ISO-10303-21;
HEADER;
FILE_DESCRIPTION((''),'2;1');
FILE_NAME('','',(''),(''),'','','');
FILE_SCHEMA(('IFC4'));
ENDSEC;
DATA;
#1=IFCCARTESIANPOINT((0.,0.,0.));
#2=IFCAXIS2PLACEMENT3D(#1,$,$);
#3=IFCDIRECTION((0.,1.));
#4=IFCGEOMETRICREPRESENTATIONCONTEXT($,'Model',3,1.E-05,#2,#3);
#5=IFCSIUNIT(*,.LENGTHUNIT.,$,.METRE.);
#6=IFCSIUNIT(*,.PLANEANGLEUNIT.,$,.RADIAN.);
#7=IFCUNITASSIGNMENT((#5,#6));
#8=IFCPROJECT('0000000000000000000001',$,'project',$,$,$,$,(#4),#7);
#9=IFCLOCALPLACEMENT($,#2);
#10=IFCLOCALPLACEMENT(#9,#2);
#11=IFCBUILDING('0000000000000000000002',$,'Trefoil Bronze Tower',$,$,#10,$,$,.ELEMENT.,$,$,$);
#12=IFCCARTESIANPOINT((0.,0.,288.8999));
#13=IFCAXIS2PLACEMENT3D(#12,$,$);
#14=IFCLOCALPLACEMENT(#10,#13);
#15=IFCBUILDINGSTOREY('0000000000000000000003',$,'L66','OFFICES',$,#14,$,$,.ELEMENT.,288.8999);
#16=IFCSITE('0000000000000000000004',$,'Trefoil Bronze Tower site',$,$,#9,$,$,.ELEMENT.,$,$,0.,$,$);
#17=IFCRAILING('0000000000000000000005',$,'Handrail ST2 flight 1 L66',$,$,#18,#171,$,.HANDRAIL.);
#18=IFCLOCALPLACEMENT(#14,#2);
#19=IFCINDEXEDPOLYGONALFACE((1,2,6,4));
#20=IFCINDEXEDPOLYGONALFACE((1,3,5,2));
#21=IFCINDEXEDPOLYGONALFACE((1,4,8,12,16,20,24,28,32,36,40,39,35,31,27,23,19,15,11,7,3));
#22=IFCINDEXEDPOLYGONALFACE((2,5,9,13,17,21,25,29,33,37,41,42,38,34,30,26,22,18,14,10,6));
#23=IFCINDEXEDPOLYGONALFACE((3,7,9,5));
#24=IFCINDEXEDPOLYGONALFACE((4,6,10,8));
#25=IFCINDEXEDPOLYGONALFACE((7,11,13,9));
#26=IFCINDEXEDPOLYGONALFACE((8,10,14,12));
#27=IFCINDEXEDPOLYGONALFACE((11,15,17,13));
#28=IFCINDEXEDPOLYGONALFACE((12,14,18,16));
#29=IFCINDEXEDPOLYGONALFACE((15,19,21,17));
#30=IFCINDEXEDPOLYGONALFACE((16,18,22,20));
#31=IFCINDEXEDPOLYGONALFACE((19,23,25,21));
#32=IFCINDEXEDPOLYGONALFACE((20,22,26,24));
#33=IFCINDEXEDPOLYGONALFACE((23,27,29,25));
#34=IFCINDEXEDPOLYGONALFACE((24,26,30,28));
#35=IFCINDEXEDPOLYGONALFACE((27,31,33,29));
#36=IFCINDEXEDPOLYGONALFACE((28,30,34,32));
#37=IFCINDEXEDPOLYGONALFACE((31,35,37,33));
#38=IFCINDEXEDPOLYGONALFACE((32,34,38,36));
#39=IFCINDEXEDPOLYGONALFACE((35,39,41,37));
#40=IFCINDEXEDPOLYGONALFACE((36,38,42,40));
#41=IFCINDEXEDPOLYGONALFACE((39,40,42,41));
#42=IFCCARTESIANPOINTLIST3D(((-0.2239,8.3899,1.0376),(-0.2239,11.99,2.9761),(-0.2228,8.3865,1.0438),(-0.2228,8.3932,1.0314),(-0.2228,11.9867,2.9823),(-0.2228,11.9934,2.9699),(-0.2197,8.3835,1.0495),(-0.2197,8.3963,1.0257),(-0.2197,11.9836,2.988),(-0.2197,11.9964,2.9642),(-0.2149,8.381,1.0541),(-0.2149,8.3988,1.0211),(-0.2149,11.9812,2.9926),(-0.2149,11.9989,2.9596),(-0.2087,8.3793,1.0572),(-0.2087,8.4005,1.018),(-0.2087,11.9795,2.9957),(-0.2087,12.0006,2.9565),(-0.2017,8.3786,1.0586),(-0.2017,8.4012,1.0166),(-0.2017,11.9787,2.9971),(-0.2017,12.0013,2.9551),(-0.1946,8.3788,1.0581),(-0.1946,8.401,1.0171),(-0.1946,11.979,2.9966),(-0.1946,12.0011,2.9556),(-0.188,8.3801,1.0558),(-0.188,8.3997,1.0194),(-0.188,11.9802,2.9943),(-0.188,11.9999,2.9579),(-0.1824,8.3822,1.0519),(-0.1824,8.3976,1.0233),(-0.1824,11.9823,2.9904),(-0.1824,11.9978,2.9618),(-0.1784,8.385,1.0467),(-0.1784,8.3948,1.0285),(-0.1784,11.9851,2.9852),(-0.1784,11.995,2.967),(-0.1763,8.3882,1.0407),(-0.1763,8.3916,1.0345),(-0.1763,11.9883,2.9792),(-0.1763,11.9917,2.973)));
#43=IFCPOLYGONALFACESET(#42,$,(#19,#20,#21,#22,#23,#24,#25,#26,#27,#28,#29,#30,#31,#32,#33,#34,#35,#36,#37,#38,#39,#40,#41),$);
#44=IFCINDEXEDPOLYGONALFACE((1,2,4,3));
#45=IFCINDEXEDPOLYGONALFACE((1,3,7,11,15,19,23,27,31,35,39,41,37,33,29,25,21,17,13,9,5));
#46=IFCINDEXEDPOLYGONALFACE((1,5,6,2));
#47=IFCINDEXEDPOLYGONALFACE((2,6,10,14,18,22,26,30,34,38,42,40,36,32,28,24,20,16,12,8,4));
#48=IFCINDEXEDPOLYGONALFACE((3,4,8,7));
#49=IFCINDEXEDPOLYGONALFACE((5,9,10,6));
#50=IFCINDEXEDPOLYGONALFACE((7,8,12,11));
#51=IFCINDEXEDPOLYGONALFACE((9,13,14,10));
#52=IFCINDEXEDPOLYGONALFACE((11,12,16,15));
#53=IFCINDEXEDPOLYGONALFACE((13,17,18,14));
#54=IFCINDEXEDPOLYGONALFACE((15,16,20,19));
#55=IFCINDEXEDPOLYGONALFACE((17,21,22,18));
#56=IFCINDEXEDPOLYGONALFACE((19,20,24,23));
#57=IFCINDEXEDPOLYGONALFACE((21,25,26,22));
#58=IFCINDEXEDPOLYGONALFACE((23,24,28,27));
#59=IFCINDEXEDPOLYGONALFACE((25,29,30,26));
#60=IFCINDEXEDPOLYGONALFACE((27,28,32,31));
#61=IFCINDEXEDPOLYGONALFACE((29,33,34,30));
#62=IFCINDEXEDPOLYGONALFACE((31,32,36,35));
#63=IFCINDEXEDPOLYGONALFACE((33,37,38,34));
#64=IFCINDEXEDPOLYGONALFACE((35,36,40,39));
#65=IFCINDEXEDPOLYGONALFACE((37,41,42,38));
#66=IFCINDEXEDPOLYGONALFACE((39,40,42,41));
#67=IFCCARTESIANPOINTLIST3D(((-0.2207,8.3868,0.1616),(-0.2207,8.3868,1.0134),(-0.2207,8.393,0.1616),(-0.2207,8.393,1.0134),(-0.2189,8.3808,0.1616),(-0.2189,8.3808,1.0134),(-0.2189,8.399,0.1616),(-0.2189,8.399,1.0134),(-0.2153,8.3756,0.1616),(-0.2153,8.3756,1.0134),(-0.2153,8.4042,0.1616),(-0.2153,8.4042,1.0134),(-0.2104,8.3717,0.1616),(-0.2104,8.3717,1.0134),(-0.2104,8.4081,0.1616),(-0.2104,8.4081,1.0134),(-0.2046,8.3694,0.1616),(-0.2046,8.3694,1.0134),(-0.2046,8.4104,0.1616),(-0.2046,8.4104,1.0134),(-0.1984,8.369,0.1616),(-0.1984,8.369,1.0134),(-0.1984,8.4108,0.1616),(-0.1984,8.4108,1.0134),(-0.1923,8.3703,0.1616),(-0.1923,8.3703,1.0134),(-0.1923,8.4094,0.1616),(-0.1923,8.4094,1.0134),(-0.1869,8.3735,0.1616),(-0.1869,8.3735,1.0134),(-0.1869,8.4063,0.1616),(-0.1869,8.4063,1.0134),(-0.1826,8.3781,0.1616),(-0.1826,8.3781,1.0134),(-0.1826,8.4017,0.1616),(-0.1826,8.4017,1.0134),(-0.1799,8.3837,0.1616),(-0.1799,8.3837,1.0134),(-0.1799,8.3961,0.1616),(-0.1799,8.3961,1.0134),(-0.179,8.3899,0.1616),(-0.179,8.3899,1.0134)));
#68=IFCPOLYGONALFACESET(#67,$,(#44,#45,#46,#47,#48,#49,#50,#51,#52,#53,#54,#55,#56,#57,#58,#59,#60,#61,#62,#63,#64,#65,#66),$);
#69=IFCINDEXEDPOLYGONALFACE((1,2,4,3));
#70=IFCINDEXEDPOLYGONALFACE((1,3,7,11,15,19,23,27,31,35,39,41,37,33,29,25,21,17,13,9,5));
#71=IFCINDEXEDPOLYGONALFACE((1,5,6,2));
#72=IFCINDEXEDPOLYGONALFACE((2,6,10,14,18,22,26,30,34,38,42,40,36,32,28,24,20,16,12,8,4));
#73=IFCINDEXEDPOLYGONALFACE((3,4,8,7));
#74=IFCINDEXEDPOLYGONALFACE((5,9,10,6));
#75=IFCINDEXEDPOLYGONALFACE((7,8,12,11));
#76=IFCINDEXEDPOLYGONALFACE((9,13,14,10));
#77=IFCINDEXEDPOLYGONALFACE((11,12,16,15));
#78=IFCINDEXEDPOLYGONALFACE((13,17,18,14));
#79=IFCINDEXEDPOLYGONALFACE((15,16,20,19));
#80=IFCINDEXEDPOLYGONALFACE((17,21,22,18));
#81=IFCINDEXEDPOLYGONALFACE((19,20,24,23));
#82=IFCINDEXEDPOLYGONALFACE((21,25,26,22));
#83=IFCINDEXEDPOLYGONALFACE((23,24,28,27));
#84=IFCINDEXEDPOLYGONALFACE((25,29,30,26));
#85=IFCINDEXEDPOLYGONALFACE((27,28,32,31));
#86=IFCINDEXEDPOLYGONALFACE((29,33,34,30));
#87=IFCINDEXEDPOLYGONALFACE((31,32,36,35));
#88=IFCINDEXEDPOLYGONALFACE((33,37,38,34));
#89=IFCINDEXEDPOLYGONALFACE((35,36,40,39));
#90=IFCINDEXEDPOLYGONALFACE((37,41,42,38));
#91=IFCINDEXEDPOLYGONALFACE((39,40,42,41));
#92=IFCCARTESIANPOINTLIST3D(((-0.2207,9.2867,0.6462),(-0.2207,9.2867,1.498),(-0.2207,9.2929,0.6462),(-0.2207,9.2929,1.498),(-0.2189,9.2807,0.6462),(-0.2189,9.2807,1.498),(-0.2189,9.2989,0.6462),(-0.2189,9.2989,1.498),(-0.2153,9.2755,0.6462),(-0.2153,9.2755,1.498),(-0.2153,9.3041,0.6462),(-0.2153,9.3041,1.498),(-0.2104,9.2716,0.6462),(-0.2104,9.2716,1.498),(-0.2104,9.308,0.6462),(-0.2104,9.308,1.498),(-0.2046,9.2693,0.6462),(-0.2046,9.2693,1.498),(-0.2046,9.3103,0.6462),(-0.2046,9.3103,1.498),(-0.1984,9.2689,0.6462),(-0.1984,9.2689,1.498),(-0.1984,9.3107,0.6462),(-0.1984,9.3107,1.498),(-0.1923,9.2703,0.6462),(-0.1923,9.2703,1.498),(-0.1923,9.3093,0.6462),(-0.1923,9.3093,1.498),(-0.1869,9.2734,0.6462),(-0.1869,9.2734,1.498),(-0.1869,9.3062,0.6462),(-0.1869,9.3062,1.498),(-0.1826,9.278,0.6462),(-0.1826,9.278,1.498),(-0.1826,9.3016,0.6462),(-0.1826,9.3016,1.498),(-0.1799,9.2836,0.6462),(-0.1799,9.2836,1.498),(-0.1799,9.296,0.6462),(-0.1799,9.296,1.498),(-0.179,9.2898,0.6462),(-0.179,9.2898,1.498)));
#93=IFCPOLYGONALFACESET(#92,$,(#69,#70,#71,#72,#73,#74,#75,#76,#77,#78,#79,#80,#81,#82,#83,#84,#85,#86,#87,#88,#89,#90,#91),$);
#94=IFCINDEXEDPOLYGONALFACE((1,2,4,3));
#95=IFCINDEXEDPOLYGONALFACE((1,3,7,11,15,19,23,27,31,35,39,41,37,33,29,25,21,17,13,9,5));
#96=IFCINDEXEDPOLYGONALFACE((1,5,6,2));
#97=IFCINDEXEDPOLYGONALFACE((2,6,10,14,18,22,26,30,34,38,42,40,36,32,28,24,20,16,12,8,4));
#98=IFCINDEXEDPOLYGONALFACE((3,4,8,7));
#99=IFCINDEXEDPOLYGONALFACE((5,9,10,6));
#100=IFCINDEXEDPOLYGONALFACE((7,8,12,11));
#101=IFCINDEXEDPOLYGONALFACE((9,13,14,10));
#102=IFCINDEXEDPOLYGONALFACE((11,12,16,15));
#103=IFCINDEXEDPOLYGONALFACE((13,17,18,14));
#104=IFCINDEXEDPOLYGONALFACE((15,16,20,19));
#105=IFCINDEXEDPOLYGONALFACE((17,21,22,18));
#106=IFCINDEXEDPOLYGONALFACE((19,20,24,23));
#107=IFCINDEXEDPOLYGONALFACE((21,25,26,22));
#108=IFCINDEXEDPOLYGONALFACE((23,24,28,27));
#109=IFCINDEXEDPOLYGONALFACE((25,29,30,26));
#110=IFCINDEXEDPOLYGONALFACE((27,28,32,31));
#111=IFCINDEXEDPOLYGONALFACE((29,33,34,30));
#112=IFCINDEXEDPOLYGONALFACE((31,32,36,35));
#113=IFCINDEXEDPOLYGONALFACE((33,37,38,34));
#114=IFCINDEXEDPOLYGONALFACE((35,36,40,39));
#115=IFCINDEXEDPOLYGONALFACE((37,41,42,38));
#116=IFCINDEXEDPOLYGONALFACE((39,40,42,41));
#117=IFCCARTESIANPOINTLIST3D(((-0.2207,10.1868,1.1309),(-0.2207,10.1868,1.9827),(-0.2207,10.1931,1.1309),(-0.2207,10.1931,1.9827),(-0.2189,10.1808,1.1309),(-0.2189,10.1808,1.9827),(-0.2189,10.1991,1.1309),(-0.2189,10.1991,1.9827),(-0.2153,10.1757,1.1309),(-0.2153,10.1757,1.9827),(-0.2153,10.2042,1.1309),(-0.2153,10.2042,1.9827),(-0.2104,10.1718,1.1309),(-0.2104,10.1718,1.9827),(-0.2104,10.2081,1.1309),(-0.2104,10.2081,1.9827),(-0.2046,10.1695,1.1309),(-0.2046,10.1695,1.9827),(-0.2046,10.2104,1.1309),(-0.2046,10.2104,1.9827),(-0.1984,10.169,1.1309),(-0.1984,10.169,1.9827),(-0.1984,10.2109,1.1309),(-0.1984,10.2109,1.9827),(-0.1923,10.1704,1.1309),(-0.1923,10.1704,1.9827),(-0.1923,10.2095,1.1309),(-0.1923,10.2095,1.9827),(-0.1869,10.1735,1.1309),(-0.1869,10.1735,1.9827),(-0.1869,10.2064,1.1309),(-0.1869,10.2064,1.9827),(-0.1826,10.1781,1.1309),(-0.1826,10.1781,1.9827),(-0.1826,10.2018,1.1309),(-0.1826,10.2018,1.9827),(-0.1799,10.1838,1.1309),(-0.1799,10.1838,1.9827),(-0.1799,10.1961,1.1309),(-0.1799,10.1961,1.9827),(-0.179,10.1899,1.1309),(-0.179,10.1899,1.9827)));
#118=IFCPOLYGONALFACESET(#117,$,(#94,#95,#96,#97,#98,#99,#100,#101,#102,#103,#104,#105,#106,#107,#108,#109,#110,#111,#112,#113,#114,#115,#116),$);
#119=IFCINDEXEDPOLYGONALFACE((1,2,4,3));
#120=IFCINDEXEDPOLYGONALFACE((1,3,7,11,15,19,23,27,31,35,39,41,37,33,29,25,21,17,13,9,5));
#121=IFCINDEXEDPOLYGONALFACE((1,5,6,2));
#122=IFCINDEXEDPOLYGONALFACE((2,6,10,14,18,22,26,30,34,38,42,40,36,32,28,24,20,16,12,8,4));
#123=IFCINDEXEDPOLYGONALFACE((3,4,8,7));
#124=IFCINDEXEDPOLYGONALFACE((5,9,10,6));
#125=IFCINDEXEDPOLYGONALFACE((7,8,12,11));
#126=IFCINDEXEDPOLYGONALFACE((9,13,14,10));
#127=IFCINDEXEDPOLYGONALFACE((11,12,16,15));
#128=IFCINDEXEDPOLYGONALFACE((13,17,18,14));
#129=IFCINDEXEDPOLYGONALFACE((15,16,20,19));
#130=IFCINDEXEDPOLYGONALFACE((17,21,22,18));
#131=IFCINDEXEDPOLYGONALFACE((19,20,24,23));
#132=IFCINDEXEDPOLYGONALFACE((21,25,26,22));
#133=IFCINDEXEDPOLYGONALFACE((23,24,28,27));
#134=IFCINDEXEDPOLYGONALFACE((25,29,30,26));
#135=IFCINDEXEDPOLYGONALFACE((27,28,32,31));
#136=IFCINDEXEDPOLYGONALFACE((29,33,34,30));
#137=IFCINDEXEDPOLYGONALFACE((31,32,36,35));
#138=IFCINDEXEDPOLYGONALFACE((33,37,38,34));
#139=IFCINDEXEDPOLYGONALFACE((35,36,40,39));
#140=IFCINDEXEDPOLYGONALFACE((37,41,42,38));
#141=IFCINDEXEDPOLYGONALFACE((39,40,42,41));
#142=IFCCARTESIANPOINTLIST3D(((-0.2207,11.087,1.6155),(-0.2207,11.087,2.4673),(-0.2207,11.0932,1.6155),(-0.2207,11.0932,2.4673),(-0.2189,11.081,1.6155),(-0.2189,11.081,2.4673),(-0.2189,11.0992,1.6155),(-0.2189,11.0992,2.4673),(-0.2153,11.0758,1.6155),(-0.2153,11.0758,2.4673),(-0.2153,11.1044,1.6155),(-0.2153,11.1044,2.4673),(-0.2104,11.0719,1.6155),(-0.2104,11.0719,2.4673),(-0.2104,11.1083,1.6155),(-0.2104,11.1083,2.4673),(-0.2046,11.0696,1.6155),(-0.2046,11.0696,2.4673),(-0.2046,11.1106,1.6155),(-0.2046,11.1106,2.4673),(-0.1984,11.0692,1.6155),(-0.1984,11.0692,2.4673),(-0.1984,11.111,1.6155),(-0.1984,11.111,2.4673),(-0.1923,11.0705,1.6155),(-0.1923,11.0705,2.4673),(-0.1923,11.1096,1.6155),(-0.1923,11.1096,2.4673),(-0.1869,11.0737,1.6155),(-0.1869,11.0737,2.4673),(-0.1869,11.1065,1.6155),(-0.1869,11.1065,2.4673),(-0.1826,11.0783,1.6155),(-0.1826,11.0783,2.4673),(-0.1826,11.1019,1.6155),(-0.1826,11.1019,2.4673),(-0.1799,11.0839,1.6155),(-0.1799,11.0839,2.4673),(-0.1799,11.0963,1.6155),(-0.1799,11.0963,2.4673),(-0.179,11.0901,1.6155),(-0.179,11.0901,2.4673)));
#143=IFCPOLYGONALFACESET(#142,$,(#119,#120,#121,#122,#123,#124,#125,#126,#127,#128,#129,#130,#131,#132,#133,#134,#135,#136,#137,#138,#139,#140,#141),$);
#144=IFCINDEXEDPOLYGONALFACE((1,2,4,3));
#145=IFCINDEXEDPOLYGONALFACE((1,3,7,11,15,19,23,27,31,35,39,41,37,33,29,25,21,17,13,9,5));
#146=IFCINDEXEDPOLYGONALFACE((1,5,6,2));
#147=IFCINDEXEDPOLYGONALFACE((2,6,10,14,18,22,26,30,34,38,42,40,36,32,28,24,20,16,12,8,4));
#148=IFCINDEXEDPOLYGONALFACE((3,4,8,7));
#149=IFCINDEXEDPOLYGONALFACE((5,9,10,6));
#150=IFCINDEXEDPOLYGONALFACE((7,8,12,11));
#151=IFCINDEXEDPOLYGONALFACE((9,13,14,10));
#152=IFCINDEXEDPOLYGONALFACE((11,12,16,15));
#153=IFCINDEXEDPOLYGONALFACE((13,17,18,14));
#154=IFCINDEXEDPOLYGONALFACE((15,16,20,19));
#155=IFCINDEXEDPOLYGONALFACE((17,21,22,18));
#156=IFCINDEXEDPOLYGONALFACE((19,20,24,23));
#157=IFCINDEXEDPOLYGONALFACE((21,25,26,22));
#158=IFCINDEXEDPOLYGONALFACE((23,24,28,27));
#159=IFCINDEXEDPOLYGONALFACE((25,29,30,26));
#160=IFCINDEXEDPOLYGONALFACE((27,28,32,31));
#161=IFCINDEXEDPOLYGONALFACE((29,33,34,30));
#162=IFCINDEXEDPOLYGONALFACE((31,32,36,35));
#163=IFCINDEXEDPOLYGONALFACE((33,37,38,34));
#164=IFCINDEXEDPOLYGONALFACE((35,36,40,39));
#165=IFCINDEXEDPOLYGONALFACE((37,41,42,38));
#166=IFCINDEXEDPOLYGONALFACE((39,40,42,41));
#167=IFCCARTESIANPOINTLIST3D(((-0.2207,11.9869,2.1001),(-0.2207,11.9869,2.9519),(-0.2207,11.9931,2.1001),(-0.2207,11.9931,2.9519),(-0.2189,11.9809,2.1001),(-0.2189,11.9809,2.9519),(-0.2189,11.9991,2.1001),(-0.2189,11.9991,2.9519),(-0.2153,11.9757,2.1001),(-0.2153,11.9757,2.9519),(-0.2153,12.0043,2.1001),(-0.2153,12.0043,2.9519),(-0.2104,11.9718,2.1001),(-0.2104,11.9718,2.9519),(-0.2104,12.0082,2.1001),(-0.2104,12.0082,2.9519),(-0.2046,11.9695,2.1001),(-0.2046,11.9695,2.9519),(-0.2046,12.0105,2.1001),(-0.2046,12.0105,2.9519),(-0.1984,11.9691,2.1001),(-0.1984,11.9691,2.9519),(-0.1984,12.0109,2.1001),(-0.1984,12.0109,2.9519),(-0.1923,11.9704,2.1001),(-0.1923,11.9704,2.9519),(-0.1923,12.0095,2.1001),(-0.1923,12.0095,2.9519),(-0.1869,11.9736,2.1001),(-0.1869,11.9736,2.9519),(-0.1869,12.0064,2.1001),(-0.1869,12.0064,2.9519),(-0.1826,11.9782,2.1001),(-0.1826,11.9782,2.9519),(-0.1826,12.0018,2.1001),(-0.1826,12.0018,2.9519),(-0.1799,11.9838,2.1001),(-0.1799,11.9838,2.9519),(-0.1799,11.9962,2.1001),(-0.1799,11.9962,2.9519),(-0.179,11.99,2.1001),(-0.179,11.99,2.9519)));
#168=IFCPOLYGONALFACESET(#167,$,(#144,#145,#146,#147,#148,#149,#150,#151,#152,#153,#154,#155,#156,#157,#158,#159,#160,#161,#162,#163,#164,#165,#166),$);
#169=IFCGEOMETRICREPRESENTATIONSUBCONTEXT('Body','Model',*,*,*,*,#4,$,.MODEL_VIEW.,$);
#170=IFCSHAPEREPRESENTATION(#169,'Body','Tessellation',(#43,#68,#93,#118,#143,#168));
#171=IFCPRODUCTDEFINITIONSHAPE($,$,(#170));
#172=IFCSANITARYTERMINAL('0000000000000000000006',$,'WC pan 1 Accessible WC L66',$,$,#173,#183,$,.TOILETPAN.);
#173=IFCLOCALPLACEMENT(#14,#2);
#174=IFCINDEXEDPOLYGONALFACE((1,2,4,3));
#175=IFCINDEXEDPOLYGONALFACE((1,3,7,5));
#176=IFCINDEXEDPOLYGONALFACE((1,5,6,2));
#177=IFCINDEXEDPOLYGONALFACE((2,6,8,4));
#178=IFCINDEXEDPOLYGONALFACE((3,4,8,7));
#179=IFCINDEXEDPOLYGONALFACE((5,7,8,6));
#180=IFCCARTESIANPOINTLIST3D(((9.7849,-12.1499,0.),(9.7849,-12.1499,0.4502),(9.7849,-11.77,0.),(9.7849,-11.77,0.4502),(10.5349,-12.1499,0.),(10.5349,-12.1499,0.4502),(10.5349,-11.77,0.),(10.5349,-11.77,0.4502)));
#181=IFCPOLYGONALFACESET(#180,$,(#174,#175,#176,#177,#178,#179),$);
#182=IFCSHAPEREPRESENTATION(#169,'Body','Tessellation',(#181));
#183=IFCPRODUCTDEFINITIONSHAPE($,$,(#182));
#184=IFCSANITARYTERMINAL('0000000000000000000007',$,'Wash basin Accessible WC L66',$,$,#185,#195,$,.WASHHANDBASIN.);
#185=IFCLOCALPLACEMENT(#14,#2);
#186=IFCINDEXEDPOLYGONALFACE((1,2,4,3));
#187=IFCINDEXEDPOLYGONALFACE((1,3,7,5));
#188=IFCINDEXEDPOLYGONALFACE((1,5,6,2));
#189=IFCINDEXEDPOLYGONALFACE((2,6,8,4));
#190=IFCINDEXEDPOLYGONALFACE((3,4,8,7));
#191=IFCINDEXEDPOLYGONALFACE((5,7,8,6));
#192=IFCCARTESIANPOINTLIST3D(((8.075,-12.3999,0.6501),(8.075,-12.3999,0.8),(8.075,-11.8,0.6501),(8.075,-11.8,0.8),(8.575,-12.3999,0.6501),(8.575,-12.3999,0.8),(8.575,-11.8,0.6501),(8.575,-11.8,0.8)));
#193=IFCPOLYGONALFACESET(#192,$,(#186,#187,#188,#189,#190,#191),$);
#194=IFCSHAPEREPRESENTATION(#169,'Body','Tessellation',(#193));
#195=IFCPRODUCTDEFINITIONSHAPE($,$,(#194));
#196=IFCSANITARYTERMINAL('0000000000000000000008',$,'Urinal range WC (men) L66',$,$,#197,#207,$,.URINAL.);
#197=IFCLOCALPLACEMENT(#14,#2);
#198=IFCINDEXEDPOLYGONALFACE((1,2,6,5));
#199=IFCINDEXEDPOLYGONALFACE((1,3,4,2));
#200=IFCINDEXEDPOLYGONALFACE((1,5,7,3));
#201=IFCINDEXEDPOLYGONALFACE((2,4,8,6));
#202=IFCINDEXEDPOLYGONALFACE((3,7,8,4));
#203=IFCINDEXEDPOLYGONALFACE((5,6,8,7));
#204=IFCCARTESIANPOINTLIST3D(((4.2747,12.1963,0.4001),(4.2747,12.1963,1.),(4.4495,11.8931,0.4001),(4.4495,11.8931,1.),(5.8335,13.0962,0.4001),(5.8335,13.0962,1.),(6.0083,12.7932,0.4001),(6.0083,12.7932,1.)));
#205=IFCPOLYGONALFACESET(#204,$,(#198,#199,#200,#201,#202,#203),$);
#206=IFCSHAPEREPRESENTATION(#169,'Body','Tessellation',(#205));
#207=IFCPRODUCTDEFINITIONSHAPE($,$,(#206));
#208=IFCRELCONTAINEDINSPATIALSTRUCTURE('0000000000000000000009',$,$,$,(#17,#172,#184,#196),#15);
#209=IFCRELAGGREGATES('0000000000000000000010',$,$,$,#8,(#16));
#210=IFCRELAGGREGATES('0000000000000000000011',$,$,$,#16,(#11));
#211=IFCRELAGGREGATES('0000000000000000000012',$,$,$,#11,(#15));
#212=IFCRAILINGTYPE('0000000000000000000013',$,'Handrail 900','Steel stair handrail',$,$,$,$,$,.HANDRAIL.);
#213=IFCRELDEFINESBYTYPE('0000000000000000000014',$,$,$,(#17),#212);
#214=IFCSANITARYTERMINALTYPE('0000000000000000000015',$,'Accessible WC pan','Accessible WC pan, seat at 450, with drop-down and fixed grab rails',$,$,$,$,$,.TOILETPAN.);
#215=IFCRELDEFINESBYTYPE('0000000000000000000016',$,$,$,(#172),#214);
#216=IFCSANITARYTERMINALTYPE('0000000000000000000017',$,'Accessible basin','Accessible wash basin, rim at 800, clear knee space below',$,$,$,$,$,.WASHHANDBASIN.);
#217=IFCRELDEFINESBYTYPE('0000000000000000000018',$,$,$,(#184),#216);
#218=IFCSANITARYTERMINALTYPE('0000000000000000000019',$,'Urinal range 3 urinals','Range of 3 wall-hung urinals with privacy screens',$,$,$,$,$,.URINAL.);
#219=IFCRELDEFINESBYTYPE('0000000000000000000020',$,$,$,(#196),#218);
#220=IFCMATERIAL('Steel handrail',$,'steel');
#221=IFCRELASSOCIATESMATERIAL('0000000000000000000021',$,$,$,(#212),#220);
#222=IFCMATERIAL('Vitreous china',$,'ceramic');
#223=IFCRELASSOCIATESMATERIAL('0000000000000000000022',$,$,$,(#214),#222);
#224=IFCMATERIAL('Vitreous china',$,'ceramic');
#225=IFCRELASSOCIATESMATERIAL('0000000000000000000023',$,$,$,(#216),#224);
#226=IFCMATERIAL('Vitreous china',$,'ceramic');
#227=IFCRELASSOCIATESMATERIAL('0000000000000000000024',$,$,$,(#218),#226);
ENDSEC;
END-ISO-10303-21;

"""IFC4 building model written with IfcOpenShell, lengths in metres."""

from ifc_helpers import new_model, si_unit, direction, frame, origin, origin_2d, place, context, subcontext, project, spatial, polyline, circle, outline, extrude, material, type_object, element, save


model = new_model("IFC4")

# Units and contexts
model_context = context("Model", 3, precision=1e-05, world=origin(), true_north=direction((0.0, 1.0)))
body_context = subcontext(model_context, "Body", "Model", "MODEL_VIEW")
ifc_project = project(units=[si_unit("LENGTHUNIT", "METRE"), si_unit("PLANEANGLEUNIT", "RADIAN")], contexts=[model_context])

# Site, building, storey
site_placement = place(None, origin())
site = spatial("IfcSite", under=ifc_project, at=site_placement, Name="Trefoil Bronze Tower site", CompositionType="ELEMENT", RefElevation=0.0)
building_placement = place(site_placement, origin())
building = spatial("IfcBuilding", under=site, at=building_placement, Name="Trefoil Bronze Tower", CompositionType="ELEMENT")
storey_placement = place(building_placement, frame((0.0, 0.0, 288.8999)))
storey = spatial("IfcBuildingStorey", under=building, at=storey_placement, Name="L66", Description="OFFICES", CompositionType="ELEMENT", Elevation=288.8999)

# Railing
ifc_material_1 = material(Name="Steel handrail", Category="steel")
railing_type = type_object("IfcRailingType", Name="Handrail 900", Description="Steel stair handrail", PredefinedType="HANDRAIL", material=ifc_material_1)
railing_placement = place(storey_placement, frame((-0.2, 8.3899, 0.1616)))
element("IfcRailing", 1, at=railing_placement, inside=storey, type_object=railing_type, Name="Handrail ST2 flight 1 L66", PredefinedType="HANDRAIL", context=body_context, shape_type="SweptSolid", body=[
    extrude(circle(Radius=0.0239, at=origin_2d()), frame((0.0, 0.0, 0.876), z_axis=(0.0, 0.880475, 0.474093), x_axis=(-1.0, 0.0, 0.0)), (0.0, 0.0, 1.0), 4.0889),
    extrude(circle(Radius=0.021, at=origin_2d()), origin(), (0.0, 0.0, 1.0), 0.8518),
    extrude(circle(Radius=0.021, at=origin_2d()), frame((0.0, 0.8999, 0.4846)), (0.0, 0.0, 1.0), 0.8518),
    extrude(circle(Radius=0.021, at=origin_2d()), frame((0.0, 1.8, 0.9692)), (0.0, 0.0, 1.0), 0.8518),
    extrude(circle(Radius=0.021, at=origin_2d()), frame((0.0, 2.7002, 1.4539)), (0.0, 0.0, 1.0), 0.8518),
    extrude(circle(Radius=0.021, at=origin_2d()), frame((0.0, 3.6001, 1.9385)), (0.0, 0.0, 1.0), 0.8518),
])

# Sanitary terminals
ifc_material_2 = material(Name="Vitreous china", Category="ceramic")
sanitary_terminal_type_1 = type_object("IfcSanitaryTerminalType", Name="Accessible WC pan", Description="Accessible WC pan, seat at 450, with drop-down and fixed grab rails", PredefinedType="TOILETPAN", material=ifc_material_2)
sanitary_terminal_1_placement = place(storey_placement, origin())
element("IfcSanitaryTerminal", 2, at=sanitary_terminal_1_placement, inside=storey, type_object=sanitary_terminal_type_1, Name="WC pan 1 Accessible WC L66", PredefinedType="TOILETPAN", context=body_context, shape_type="SweptSolid", body=[
    extrude(outline(polyline([(9.7849, -11.77), (10.5349, -11.77), (10.5349, -12.1499), (9.7849, -12.1499), (9.7849, -11.77)])), origin(), (0.0, 0.0, 1.0), 0.4502),
])
ifc_material_3 = material(Name="Vitreous china", Category="ceramic")
sanitary_terminal_type_2 = type_object("IfcSanitaryTerminalType", Name="Accessible basin", Description="Accessible wash basin, rim at 800, clear knee space below", PredefinedType="WASHHANDBASIN", material=ifc_material_3)
sanitary_terminal_2_placement = place(storey_placement, frame((0.0, 0.0, 0.6501)))
element("IfcSanitaryTerminal", 3, at=sanitary_terminal_2_placement, inside=storey, type_object=sanitary_terminal_type_2, Name="Wash basin Accessible WC L66", PredefinedType="WASHHANDBASIN", context=body_context, shape_type="SweptSolid", body=[
    extrude(outline(polyline([(8.075, -11.8), (8.575, -11.8), (8.575, -12.3999), (8.075, -12.3999), (8.075, -11.8)])), origin(), (0.0, 0.0, 1.0), 0.1499),
])
ifc_material_4 = material(Name="Vitreous china", Category="ceramic")
sanitary_terminal_type_3 = type_object("IfcSanitaryTerminalType", Name="Urinal range 3 urinals", Description="Range of 3 wall-hung urinals with privacy screens", PredefinedType="URINAL", material=ifc_material_4)
sanitary_terminal_3_placement = place(storey_placement, frame((0.0, 0.0, 0.4001)))
element("IfcSanitaryTerminal", 4, at=sanitary_terminal_3_placement, inside=storey, type_object=sanitary_terminal_type_3, Name="Urinal range WC (men) L66", PredefinedType="URINAL", context=body_context, shape_type="SweptSolid", body=[
    extrude(outline(polyline([(4.4495, 11.8931), (4.2747, 12.1963), (5.8335, 13.0962), (6.0083, 12.7932), (4.4495, 11.8931)])), origin(), (0.0, 0.0, 1.0), 0.5999),
])

save(model, "model.ifc")
